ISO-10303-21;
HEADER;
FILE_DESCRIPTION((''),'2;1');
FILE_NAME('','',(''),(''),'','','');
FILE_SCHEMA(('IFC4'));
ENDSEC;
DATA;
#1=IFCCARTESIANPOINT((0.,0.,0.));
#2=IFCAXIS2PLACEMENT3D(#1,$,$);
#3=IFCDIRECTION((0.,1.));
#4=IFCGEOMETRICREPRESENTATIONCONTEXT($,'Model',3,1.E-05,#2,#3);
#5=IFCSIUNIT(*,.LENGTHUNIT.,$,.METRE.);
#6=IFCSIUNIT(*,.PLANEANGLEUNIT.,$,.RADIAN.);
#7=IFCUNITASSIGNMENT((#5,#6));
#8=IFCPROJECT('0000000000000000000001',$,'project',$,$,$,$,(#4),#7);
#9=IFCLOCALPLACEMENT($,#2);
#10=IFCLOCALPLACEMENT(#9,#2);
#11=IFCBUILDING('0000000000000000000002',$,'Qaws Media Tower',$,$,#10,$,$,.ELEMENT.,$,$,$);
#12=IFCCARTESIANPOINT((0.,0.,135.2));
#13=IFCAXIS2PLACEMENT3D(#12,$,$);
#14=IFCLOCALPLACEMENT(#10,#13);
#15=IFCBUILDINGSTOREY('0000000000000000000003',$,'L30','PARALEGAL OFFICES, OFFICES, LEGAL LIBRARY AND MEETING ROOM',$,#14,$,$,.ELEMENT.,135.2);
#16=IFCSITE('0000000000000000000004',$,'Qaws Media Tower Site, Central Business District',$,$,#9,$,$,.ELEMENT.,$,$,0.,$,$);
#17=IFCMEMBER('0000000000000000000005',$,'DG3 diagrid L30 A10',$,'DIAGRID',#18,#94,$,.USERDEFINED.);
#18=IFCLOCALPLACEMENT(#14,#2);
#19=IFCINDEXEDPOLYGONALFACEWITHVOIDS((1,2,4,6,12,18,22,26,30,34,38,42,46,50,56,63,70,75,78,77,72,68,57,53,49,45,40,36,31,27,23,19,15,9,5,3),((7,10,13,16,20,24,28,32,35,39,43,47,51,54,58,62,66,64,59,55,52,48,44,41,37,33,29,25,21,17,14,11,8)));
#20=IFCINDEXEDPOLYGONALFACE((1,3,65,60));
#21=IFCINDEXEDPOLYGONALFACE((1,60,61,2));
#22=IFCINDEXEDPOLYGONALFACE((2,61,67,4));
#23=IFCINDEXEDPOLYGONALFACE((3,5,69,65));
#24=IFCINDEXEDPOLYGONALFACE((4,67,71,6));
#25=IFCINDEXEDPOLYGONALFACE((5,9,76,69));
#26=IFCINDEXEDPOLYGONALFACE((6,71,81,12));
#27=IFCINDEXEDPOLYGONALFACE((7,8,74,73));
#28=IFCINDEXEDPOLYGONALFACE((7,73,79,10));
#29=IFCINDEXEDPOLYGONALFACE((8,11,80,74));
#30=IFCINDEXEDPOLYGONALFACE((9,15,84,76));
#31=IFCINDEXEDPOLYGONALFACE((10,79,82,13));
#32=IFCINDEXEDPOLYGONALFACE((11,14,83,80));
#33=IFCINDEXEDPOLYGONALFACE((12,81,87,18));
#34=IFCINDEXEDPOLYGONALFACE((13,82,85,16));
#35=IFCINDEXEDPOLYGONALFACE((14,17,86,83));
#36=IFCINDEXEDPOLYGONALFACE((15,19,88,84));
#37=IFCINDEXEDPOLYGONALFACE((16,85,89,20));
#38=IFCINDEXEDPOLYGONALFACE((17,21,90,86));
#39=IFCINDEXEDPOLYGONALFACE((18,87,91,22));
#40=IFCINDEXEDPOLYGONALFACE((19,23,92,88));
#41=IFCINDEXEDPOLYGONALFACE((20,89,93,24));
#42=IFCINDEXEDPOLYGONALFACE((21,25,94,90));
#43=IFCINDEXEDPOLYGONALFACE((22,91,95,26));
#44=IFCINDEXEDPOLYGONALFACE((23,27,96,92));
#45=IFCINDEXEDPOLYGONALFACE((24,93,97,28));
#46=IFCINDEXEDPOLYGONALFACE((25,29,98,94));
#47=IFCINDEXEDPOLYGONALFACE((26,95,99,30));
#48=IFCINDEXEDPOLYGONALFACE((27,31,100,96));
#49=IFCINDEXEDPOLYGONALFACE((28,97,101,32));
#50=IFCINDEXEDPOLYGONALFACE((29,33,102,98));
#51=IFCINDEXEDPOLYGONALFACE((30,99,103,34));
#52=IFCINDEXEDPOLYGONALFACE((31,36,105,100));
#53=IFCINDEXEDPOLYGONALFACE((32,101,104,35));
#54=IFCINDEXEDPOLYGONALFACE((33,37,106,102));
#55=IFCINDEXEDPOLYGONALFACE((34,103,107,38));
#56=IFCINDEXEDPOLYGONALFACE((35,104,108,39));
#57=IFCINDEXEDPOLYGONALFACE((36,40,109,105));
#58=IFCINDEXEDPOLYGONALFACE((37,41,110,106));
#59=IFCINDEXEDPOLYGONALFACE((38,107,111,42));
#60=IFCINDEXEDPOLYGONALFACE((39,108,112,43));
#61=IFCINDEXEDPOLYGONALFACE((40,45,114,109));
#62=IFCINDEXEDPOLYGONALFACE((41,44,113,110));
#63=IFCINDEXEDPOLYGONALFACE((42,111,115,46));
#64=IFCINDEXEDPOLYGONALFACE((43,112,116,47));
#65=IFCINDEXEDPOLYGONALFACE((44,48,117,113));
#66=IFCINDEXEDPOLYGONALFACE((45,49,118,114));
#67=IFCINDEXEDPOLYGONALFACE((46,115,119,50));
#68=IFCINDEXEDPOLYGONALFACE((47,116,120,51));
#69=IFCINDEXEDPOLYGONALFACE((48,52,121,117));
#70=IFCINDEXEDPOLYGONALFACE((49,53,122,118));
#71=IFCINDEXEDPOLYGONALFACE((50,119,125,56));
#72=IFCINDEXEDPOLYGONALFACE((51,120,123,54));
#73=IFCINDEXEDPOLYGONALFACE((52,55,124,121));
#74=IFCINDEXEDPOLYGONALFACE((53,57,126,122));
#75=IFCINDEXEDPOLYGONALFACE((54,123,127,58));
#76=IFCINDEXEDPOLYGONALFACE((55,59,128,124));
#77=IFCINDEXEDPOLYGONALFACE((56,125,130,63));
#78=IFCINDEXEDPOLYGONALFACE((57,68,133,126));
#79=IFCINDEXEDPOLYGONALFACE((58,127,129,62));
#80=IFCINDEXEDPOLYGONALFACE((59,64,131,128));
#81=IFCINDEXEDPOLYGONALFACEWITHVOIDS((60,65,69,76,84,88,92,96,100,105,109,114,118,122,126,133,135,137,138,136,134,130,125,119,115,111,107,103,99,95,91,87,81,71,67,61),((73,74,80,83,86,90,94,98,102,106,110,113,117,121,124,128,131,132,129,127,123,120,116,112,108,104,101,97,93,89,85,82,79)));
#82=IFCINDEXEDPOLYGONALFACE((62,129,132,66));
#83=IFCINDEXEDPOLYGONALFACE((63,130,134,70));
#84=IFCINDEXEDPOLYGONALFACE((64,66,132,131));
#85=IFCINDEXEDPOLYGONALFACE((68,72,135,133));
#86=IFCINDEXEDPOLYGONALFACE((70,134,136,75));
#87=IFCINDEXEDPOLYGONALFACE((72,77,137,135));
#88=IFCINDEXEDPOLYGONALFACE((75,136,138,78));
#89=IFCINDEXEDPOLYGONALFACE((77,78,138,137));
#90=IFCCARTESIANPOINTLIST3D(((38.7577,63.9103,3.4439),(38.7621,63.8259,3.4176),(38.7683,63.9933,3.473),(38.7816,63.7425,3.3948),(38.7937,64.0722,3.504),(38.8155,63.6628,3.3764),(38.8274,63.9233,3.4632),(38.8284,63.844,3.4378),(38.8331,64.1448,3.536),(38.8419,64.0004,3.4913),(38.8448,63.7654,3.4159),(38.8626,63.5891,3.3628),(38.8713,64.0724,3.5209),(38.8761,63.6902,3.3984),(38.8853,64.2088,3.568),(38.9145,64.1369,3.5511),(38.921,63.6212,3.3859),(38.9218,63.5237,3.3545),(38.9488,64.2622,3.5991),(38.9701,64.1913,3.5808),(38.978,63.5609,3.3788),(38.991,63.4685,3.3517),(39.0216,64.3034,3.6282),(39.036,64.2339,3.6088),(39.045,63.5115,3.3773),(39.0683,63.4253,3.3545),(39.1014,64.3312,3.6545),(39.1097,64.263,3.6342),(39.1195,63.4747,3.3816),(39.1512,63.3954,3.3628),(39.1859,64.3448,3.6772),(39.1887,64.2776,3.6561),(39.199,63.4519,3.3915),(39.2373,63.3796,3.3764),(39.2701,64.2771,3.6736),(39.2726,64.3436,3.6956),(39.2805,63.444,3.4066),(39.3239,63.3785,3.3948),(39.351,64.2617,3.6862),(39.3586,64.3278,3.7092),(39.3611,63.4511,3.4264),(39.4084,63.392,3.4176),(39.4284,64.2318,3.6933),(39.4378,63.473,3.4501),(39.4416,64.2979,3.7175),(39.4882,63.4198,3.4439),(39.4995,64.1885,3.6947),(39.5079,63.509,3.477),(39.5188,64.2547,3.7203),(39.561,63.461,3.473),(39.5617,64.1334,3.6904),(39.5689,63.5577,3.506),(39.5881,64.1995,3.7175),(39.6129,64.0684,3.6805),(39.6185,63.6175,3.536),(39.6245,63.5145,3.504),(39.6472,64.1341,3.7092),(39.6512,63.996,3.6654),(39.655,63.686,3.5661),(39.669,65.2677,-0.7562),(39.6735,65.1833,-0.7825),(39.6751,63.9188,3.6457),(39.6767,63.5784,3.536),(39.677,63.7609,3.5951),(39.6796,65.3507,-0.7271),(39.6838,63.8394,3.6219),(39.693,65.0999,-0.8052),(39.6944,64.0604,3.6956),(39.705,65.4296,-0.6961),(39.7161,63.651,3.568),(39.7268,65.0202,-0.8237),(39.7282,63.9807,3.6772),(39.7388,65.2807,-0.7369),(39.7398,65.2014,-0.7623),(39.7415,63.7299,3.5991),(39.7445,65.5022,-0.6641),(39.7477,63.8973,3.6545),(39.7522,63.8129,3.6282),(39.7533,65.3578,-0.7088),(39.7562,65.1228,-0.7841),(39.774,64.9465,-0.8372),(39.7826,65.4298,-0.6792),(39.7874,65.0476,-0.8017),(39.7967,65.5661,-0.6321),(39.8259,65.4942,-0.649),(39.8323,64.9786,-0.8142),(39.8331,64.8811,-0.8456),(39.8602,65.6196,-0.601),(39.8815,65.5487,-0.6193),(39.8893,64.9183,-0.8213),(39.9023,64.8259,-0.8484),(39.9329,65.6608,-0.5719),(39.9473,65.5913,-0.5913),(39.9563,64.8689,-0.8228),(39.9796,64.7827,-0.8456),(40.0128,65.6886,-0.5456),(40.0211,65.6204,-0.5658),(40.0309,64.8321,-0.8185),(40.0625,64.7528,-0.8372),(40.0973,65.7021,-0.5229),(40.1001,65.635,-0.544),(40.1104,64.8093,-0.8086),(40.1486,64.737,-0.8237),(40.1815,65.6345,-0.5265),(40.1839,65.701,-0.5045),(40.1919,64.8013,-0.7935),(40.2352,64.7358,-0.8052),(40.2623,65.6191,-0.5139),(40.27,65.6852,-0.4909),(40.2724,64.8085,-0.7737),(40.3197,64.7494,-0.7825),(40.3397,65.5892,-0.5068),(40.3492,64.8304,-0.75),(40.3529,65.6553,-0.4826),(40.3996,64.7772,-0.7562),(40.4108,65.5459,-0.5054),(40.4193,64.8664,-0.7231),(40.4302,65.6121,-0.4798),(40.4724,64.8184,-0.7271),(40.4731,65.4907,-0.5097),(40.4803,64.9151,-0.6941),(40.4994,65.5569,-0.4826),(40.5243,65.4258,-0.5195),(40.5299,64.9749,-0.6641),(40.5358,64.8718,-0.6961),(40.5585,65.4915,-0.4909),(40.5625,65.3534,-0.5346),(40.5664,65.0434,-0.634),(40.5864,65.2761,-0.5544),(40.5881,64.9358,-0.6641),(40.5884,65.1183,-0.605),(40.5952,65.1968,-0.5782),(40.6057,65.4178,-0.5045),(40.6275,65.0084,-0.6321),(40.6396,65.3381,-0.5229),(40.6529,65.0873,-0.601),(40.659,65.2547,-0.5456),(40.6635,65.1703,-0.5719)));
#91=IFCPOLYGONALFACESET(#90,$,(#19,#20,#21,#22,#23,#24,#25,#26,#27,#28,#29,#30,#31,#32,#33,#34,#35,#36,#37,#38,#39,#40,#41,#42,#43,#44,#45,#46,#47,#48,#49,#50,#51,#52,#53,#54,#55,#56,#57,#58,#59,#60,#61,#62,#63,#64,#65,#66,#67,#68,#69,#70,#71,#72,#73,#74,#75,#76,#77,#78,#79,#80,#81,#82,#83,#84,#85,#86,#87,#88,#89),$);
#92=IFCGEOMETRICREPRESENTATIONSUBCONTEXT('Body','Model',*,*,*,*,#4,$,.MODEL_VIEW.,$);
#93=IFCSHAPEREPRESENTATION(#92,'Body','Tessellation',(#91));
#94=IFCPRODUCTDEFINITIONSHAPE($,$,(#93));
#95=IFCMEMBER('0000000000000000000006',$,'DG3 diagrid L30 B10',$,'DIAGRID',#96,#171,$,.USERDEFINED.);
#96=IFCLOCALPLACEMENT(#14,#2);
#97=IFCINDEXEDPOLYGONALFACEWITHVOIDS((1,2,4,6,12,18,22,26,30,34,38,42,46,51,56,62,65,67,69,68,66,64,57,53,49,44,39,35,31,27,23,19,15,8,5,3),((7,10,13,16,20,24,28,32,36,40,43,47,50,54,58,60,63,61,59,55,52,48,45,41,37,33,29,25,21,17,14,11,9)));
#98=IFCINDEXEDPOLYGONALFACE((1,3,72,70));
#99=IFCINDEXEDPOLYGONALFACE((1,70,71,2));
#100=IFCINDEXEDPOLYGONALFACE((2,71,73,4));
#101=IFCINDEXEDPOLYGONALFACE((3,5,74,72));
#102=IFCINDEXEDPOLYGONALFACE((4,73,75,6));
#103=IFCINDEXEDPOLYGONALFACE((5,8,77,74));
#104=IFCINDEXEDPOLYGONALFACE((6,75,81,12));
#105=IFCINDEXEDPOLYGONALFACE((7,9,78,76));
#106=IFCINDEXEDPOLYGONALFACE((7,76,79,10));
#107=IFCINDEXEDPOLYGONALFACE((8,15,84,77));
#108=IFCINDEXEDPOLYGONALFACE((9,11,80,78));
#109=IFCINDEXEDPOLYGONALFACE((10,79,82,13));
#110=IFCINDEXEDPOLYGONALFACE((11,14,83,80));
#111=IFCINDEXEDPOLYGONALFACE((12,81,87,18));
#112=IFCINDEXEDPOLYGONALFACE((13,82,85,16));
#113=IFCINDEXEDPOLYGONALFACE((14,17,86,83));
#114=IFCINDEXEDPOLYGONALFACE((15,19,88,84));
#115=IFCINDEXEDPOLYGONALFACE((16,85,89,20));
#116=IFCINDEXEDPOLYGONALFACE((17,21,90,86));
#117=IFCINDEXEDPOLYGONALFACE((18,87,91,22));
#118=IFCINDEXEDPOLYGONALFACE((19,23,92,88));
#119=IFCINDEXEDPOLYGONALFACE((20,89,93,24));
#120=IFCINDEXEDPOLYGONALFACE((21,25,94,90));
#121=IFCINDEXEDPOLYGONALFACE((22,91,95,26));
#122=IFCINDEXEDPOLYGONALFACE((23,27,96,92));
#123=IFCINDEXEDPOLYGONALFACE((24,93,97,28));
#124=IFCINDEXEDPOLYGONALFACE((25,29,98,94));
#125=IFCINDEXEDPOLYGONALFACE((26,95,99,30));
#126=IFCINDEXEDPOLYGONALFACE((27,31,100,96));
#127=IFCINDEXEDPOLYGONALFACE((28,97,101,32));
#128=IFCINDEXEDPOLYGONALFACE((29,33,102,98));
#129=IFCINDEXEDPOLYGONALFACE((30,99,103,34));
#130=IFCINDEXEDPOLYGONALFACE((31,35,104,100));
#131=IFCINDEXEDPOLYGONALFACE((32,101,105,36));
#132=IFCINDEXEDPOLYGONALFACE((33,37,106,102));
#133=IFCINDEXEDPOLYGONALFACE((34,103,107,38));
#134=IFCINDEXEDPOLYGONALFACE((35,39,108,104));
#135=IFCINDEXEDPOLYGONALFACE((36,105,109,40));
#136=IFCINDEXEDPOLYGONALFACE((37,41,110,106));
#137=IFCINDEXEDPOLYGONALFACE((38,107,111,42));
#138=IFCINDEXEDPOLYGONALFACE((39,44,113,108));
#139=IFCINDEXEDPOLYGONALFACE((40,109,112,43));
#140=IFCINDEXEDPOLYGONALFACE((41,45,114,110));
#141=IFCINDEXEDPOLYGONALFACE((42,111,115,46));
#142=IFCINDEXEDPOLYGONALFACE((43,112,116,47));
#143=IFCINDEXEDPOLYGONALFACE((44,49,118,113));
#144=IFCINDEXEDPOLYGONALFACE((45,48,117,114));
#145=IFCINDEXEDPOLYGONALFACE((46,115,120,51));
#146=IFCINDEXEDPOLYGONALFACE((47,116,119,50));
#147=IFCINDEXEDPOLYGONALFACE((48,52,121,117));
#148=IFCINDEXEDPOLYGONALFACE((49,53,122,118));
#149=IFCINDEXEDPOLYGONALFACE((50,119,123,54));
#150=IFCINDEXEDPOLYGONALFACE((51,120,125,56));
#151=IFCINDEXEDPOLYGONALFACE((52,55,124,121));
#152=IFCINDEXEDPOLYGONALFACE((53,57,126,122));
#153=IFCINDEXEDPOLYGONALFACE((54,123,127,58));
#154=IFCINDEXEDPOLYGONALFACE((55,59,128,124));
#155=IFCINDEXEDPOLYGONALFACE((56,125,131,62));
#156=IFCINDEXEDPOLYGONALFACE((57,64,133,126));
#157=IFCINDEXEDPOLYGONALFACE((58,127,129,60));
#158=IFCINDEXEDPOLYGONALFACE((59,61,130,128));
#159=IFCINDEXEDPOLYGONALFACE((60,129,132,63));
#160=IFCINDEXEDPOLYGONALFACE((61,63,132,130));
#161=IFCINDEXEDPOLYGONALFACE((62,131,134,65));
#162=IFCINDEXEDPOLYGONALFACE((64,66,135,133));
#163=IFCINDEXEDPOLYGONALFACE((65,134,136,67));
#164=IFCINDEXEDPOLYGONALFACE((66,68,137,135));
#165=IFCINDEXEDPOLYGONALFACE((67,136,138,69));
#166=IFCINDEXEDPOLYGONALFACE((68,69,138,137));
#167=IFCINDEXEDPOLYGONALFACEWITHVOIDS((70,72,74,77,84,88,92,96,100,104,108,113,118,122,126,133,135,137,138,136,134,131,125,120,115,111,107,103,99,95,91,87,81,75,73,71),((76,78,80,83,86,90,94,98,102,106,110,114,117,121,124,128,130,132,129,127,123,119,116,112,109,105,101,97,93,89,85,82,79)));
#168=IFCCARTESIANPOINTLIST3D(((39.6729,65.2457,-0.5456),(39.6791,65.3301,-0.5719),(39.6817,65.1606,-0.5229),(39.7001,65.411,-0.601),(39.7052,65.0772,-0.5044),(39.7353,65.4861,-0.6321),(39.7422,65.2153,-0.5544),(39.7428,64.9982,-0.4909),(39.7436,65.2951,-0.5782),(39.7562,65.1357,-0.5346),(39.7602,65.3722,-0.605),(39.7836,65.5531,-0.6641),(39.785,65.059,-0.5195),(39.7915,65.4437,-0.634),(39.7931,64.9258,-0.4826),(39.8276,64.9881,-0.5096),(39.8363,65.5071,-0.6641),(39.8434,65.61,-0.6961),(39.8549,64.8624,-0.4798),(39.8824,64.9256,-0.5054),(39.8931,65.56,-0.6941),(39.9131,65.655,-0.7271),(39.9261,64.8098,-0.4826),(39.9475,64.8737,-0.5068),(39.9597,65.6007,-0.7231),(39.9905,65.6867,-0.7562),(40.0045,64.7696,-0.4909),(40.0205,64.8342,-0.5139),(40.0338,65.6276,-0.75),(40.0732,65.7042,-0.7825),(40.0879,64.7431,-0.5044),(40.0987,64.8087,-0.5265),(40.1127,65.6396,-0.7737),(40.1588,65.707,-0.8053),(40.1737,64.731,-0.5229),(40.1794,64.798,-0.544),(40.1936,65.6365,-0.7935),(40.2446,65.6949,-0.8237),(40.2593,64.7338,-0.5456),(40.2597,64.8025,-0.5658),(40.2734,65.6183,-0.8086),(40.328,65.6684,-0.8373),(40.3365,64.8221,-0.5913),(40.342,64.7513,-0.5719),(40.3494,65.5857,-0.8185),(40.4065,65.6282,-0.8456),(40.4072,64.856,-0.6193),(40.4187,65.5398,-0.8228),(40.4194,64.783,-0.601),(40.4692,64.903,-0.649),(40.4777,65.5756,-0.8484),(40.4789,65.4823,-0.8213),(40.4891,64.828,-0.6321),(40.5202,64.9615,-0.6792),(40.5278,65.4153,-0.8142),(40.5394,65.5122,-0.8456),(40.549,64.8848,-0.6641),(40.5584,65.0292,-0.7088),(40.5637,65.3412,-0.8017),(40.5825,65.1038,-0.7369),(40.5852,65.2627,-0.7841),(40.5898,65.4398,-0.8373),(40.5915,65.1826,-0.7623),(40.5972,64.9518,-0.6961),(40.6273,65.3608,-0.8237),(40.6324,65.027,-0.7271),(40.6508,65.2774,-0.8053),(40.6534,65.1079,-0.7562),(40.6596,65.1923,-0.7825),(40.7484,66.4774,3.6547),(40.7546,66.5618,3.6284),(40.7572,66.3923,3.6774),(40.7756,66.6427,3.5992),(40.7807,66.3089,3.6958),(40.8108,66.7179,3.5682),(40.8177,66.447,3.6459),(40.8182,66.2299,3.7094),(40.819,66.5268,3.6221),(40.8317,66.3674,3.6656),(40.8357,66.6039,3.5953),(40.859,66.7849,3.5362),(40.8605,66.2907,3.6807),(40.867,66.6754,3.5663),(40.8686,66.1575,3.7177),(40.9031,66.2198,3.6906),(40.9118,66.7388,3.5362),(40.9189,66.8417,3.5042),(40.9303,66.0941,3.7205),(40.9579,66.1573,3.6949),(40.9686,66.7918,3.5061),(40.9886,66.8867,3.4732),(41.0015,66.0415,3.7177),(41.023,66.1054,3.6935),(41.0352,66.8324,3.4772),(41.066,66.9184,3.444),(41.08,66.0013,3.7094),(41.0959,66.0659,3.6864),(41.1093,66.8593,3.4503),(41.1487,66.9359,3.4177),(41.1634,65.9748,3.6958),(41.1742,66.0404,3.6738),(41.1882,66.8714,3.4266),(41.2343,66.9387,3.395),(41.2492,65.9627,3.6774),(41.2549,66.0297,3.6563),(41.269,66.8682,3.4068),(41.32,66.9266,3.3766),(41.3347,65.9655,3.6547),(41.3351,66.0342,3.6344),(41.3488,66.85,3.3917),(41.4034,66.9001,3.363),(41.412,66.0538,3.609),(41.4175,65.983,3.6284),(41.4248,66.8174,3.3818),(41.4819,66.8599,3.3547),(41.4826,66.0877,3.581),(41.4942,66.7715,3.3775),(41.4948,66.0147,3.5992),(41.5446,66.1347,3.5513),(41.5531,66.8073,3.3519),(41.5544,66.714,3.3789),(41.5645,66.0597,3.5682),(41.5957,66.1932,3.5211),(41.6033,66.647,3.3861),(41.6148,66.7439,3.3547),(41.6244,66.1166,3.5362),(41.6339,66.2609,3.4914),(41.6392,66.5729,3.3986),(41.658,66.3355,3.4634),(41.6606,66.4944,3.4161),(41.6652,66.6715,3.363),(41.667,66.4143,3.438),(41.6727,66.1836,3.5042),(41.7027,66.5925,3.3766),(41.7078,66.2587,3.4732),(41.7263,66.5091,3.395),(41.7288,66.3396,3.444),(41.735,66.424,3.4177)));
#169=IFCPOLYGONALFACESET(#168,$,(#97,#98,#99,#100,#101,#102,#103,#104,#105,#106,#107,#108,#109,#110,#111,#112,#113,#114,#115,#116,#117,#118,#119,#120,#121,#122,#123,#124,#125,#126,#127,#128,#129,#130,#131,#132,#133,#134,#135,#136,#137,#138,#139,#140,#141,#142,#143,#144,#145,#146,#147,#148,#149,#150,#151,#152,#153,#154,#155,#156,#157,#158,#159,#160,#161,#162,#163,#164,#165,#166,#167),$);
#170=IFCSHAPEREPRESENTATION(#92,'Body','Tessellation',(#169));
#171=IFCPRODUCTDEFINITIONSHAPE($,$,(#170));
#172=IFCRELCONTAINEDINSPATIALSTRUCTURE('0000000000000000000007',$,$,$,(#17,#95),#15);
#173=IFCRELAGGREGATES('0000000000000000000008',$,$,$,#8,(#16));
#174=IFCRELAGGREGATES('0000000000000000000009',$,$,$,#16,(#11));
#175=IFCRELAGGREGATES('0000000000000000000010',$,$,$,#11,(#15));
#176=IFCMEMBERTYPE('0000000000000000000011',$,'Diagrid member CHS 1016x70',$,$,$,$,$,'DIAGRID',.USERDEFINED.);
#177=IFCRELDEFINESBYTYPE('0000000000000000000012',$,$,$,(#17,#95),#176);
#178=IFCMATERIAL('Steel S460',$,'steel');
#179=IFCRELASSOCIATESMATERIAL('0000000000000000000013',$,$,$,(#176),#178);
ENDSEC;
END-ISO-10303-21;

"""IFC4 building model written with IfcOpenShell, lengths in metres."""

from ifc_helpers import new_model, si_unit, direction, frame, origin, origin_2d, place, context, subcontext, project, spatial, hollow_circle, extrude, material, material_profile, profile_set, type_object, element, save


model = new_model("IFC4")

# Units and contexts
model_context = context("Model", 3, precision=1e-05, world=origin(), true_north=direction((0.0, 1.0)))
body_context = subcontext(model_context, "Body", "Model", "MODEL_VIEW")
ifc_project = project(units=[si_unit("LENGTHUNIT", "METRE"), si_unit("PLANEANGLEUNIT", "RADIAN")], contexts=[model_context])

# Site, building, storey
site_placement = place(None, origin())
site = spatial("IfcSite", under=ifc_project, at=site_placement, Name="Qaws Media Tower Site, Central Business District", CompositionType="ELEMENT", RefElevation=0.0)
building_placement = place(site_placement, origin())
building = spatial("IfcBuilding", under=site, at=building_placement, Name="Qaws Media Tower", CompositionType="ELEMENT")
storey_placement = place(building_placement, frame((0.0, 0.0, 135.2)))
storey = spatial("IfcBuildingStorey", under=building, at=storey_placement, Name="L30", Description="PARALEGAL OFFICES, OFFICES, LEGAL LIBRARY AND MEETING ROOM", CompositionType="ELEMENT", Elevation=135.2)

# Members
ifc_material_1 = material(Name="Steel S460", Category="steel")
ifc_material_profile_1 = material_profile(ifc_material_1, hollow_circle(Radius=0.5081, WallThickness=0.0701, at=origin_2d()), Name="CHS 1016x70")
ifc_profile_set_1 = profile_set([ifc_material_profile_1], Name="Steel S460")
member_type_1 = type_object("IfcMemberType", Name="Diagrid member CHS 1016x70", ElementType="DIAGRID", PredefinedType="USERDEFINED", material=ifc_profile_set_1)
for number, where, z_axis, x_axis, name in (
    (1, (40.1663, 65.219, -0.6641), (-0.202205, -0.301168, 0.931886), (0.830231, -0.557419, 0.0), "DG3 diagrid L30 A10"),
):
    element("IfcMember", number, at=place(storey_placement, frame(where, z_axis=z_axis, x_axis=x_axis)), inside=storey, type_object=member_type_1, Name=name, ObjectType="DIAGRID", PredefinedType="USERDEFINED", context=body_context, shape_type="SweptSolid", body=[
        extrude(hollow_circle(Radius=0.5081, WallThickness=0.0701, at=origin_2d()), origin(), (0.0, 0.0, 1.0), 4.5071),
    ])
for number, where, z_axis, x_axis, name in (
    (2, (40.1663, 65.219, -0.6641), (0.238602, 0.273269, 0.931876), (-0.75327, 0.657711, 0.0), "DG3 diagrid L30 B10"),
):
    element("IfcMember", number, at=place(storey_placement, frame(where, z_axis=z_axis, x_axis=x_axis)), inside=storey, type_object=member_type_1, Name=name, ObjectType="DIAGRID", PredefinedType="USERDEFINED", context=body_context, shape_type="SweptSolid", body=[
        extrude(hollow_circle(Radius=0.5081, WallThickness=0.0701, at=origin_2d()), origin(), (0.0, 0.0, 1.0), 4.5073),
    ])

save(model, "model.ifc")
